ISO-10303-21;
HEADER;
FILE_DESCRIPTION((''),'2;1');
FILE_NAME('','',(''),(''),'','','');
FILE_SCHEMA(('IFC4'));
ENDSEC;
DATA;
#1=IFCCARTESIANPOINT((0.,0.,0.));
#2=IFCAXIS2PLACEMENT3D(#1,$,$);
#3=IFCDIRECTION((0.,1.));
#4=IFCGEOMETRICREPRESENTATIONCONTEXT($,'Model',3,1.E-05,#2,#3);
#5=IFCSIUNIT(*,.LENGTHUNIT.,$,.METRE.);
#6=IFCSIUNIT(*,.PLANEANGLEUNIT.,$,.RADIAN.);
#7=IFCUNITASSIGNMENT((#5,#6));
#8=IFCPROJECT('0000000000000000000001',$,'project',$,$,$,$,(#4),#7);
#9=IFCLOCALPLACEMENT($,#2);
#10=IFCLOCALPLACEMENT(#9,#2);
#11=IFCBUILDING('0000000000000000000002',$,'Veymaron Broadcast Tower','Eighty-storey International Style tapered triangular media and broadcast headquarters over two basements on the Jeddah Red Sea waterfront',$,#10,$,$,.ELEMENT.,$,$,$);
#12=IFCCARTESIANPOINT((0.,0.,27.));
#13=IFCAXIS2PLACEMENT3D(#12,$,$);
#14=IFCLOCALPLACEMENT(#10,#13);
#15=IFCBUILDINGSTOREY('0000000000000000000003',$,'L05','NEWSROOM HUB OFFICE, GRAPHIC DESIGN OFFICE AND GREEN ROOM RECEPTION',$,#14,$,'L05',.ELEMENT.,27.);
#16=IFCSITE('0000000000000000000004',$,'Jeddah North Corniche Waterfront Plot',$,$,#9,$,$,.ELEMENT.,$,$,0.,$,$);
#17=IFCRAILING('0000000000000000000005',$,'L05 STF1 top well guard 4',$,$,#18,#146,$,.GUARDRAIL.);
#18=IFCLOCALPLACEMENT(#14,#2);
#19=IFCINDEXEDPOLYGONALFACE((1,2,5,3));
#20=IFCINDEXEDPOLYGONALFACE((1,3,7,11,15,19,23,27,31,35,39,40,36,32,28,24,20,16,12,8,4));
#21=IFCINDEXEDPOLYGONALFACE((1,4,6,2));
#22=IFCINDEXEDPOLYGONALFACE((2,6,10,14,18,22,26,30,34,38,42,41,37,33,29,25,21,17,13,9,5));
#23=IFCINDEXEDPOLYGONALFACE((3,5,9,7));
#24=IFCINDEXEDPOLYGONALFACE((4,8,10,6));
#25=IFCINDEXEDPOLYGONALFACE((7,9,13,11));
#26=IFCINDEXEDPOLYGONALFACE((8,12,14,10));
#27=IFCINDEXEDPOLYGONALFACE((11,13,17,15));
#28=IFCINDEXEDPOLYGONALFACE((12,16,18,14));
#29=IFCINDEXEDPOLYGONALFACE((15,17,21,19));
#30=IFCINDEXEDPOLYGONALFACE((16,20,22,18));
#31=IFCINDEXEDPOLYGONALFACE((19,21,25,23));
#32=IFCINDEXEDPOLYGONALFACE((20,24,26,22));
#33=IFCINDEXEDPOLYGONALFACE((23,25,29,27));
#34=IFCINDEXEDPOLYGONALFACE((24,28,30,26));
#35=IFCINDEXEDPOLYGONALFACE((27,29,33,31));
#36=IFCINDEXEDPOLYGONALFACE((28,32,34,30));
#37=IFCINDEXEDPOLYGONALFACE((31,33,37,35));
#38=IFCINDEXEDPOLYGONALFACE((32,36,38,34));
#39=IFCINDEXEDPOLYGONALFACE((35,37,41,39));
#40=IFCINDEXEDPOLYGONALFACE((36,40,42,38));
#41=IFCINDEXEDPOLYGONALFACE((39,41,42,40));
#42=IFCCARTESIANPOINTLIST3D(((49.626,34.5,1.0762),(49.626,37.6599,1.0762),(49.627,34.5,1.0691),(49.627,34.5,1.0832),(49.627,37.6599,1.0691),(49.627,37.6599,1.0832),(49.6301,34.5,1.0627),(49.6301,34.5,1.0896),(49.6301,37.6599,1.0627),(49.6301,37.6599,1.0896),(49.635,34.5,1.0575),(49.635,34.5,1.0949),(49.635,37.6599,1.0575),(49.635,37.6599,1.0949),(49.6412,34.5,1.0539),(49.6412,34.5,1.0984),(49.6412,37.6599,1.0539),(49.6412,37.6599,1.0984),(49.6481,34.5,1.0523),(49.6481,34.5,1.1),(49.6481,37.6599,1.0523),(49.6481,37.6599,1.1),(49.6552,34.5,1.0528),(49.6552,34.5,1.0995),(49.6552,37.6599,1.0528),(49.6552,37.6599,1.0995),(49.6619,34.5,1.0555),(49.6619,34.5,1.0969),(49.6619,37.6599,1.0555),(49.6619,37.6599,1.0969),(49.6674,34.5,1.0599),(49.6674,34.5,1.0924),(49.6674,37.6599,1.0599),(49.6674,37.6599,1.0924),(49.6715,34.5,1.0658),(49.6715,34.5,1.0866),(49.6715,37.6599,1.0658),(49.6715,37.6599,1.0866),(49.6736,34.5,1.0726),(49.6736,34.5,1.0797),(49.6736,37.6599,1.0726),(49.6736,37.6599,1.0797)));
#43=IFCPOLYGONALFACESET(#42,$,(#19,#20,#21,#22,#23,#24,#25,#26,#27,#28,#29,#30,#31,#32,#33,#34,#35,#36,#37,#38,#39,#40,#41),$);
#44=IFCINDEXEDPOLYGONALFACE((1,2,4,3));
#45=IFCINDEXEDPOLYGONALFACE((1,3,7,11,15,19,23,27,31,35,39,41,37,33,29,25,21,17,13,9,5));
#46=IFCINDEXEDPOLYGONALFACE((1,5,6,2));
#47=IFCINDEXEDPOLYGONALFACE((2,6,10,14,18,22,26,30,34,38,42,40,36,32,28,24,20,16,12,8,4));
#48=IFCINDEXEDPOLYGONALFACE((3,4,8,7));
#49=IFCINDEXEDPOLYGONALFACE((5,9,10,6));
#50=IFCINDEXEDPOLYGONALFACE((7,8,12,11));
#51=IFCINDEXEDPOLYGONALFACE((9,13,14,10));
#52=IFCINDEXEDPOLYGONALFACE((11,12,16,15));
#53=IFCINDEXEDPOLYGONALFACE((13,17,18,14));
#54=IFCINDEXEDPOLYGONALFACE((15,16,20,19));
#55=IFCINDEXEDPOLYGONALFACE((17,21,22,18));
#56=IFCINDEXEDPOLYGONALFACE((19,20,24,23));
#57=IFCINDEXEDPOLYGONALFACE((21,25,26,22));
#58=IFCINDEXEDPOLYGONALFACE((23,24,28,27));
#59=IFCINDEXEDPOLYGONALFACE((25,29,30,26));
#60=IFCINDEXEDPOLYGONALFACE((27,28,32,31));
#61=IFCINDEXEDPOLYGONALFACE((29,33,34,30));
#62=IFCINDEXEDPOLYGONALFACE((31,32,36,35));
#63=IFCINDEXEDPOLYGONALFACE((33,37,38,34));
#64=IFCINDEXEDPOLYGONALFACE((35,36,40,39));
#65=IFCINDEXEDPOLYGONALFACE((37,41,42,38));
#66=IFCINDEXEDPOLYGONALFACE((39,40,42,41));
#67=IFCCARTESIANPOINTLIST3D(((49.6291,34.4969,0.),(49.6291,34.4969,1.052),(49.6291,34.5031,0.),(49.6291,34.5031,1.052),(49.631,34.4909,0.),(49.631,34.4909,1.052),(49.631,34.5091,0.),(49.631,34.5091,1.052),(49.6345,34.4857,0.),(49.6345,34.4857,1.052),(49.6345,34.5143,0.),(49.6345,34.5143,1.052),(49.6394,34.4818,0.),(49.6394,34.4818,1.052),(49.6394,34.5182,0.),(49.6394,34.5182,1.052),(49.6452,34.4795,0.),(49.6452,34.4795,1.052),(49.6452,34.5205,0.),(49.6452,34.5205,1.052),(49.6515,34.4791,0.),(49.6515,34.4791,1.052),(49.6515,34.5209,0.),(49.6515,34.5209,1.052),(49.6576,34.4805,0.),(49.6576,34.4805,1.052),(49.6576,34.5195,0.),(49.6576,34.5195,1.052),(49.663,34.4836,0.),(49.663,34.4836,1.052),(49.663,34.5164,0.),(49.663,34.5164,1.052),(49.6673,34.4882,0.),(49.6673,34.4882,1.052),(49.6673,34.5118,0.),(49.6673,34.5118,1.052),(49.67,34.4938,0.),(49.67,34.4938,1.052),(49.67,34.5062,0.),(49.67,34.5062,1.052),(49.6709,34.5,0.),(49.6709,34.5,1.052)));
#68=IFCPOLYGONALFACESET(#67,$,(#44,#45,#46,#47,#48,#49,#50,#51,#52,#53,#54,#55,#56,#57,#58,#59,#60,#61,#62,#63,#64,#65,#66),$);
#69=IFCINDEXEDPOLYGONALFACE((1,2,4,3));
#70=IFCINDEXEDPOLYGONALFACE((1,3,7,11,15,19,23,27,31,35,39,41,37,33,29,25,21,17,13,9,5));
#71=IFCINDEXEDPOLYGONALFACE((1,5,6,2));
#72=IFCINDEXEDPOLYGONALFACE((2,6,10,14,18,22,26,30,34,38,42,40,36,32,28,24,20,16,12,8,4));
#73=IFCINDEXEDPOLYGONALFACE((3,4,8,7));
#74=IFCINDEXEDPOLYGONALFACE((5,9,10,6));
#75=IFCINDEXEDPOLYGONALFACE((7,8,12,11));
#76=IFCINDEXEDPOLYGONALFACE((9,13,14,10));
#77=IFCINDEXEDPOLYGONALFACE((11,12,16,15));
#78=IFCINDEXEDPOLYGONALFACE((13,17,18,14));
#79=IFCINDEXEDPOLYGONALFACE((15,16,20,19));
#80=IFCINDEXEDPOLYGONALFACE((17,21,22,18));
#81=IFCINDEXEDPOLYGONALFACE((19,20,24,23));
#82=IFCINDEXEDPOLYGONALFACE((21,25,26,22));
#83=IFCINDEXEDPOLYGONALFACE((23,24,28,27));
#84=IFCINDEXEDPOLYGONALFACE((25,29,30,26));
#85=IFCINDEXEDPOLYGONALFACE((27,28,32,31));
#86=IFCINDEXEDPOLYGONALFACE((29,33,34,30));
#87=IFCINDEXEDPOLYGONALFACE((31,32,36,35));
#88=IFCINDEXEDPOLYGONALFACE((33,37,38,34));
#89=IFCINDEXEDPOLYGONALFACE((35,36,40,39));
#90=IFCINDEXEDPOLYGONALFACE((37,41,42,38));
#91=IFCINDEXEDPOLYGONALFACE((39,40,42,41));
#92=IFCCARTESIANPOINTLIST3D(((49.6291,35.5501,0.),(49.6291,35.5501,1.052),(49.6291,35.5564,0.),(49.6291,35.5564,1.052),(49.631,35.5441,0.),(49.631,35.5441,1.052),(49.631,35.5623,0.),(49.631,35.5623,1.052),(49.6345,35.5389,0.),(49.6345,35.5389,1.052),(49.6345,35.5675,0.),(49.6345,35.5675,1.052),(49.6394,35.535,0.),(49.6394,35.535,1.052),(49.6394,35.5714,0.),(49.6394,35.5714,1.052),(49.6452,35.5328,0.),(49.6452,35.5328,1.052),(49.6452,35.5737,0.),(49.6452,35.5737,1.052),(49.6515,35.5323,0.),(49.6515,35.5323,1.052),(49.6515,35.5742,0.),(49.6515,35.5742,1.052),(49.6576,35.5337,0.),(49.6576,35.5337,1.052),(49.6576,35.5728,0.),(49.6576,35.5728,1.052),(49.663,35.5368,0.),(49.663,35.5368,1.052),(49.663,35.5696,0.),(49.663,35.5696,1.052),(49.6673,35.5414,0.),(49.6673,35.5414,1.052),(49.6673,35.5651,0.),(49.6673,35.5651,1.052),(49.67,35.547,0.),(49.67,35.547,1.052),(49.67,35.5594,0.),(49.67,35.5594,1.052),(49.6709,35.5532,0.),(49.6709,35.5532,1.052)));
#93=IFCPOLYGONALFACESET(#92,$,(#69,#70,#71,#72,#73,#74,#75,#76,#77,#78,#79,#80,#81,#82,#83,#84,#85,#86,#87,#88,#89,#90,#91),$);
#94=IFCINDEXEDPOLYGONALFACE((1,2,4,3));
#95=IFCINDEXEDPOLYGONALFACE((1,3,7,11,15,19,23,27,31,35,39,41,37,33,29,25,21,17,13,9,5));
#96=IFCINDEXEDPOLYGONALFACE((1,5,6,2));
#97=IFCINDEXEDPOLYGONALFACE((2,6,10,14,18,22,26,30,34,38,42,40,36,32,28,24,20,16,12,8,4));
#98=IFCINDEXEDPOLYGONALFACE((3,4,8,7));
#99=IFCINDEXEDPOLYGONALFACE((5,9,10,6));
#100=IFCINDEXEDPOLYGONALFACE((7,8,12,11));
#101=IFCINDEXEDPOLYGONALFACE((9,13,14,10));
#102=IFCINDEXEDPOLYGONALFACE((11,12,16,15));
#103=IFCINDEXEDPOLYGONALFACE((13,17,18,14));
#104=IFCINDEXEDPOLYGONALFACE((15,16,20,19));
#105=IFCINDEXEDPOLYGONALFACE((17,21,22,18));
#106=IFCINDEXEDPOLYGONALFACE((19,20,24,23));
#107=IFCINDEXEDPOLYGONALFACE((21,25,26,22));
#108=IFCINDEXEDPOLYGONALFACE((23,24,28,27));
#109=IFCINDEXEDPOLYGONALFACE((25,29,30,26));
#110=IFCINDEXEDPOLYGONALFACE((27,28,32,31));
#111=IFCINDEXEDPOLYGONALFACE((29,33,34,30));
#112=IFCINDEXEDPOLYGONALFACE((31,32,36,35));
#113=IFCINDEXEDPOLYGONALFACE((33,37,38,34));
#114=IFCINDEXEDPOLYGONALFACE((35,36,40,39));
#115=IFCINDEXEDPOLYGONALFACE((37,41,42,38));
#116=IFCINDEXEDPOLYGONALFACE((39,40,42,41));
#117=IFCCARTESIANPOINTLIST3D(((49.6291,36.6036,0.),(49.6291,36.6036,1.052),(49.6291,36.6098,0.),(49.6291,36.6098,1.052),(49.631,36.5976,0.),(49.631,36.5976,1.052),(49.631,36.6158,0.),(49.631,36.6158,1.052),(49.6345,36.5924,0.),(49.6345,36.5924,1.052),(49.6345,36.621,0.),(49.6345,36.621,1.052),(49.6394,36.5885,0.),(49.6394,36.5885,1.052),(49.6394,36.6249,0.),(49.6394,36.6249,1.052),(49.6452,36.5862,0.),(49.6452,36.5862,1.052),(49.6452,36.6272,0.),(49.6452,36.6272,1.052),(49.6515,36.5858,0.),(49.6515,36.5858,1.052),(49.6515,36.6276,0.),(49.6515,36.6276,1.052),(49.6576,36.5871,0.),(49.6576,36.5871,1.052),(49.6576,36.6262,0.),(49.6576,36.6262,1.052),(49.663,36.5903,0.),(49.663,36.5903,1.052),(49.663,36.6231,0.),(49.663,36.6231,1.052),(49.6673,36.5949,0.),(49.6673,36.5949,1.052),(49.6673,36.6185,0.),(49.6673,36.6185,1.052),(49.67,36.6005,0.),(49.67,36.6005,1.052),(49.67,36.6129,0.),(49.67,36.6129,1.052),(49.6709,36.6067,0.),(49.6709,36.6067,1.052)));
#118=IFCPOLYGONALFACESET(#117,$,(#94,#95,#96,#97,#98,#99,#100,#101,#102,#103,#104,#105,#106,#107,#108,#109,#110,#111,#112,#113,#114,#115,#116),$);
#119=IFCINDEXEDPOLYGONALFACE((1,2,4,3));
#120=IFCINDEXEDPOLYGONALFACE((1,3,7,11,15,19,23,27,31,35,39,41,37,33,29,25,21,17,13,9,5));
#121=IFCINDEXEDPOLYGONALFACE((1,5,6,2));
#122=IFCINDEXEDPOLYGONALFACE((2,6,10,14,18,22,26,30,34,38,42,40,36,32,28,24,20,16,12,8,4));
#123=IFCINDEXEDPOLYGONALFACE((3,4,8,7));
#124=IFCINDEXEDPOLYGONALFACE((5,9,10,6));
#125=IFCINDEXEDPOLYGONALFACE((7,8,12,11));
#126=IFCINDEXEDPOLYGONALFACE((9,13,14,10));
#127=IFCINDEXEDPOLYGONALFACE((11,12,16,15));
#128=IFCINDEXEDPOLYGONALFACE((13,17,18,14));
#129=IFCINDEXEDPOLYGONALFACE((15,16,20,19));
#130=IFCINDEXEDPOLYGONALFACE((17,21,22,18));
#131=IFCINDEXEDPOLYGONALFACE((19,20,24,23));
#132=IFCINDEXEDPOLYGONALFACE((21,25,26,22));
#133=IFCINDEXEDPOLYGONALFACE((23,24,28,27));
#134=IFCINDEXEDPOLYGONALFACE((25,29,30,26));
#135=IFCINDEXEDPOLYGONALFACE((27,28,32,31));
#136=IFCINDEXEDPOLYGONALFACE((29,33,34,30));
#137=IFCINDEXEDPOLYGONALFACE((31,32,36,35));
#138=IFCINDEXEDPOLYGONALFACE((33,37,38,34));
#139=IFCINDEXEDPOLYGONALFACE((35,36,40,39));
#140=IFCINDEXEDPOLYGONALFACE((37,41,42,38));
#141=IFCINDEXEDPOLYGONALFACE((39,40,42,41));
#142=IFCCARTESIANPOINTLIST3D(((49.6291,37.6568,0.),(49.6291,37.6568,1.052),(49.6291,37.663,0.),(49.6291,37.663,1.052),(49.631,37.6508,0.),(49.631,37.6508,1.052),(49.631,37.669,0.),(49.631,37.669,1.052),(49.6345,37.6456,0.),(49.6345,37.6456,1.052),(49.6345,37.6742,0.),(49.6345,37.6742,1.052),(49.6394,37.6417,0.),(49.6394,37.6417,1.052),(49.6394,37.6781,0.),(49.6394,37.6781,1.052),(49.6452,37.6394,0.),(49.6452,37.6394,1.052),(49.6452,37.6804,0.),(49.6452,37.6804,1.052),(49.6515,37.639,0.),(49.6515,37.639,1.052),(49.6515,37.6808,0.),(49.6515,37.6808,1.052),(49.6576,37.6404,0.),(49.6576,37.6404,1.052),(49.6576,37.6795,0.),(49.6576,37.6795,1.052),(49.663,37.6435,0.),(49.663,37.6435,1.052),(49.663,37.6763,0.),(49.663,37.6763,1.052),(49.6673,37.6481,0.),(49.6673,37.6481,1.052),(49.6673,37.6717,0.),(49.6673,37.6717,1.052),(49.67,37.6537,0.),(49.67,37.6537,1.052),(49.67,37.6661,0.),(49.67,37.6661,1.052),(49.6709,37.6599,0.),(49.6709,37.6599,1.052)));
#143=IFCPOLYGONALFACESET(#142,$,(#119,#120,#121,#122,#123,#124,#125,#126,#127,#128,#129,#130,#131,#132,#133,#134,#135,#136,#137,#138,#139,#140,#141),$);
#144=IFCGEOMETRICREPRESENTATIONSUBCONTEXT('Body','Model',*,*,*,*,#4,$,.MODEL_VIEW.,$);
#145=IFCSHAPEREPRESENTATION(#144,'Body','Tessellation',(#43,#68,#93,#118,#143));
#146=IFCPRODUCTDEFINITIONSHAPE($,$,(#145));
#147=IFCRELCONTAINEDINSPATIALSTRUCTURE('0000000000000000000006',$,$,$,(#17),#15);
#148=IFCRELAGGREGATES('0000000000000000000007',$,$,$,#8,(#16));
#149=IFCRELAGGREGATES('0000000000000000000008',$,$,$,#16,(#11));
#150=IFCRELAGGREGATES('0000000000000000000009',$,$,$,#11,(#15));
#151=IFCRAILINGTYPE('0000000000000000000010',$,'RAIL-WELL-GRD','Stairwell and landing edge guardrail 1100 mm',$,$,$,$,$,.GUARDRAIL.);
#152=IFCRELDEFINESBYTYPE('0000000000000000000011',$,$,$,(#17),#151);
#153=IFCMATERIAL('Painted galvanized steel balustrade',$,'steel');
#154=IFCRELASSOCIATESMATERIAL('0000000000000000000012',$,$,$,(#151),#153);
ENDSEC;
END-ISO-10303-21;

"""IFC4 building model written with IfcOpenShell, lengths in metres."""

from ifc_helpers import new_model, si_unit, direction, frame, origin, origin_2d, place, context, subcontext, project, spatial, circle, extrude, material, type_object, element, save


model = new_model("IFC4")

# Units and contexts
model_context = context("Model", 3, precision=1e-05, world=origin(), true_north=direction((0.0, 1.0)))
body_context = subcontext(model_context, "Body", "Model", "MODEL_VIEW")
ifc_project = project(units=[si_unit("LENGTHUNIT", "METRE"), si_unit("PLANEANGLEUNIT", "RADIAN")], contexts=[model_context])

# Site, building, storey
site_placement = place(None, origin())
site = spatial("IfcSite", under=ifc_project, at=site_placement, Name="Jeddah North Corniche Waterfront Plot", CompositionType="ELEMENT", RefElevation=0.0)
building_placement = place(site_placement, origin())
building = spatial("IfcBuilding", under=site, at=building_placement, Name="Veymaron Broadcast Tower", Description="Eighty-storey International Style tapered triangular media and broadcast headquarters over two basements on the Jeddah Red Sea waterfront", CompositionType="ELEMENT")
storey_placement = place(building_placement, frame((0.0, 0.0, 27.0)))
storey = spatial("IfcBuildingStorey", under=building, at=storey_placement, Name="L05", Description="NEWSROOM HUB OFFICE, GRAPHIC DESIGN OFFICE AND GREEN ROOM RECEPTION", LongName="L05", CompositionType="ELEMENT", Elevation=27.0)

# Railing
ifc_material_1 = material(Name="Painted galvanized steel balustrade", Category="steel")
railing_type = type_object("IfcRailingType", Name="RAIL-WELL-GRD", Description="Stairwell and landing edge guardrail 1100 mm", PredefinedType="GUARDRAIL", material=ifc_material_1)
railing_placement = place(storey_placement, frame((49.6499, 34.5, 0.0)))
element("IfcRailing", 1, at=railing_placement, inside=storey, type_object=railing_type, Name="L05 STF1 top well guard 4", PredefinedType="GUARDRAIL", context=body_context, shape_type="SweptSolid", body=[
    extrude(circle(Radius=0.0239, at=origin_2d()), frame((0.0, 0.0, 1.0762), z_axis=(0.0, 1.0, 0.0), x_axis=(-1.0, 0.0, 0.0)), (0.0, 0.0, 1.0), 3.1599),
    extrude(circle(Radius=0.021, at=origin_2d()), origin(), (0.0, 0.0, 1.0), 1.052),
    extrude(circle(Radius=0.021, at=origin_2d()), frame((0.0, 1.0532, 0.0)), (0.0, 0.0, 1.0), 1.052),
    extrude(circle(Radius=0.021, at=origin_2d()), frame((0.0, 2.1067, 0.0)), (0.0, 0.0, 1.0), 1.052),
    extrude(circle(Radius=0.021, at=origin_2d()), frame((0.0, 3.1599, 0.0)), (0.0, 0.0, 1.0), 1.052),
])

save(model, "model.ifc")
